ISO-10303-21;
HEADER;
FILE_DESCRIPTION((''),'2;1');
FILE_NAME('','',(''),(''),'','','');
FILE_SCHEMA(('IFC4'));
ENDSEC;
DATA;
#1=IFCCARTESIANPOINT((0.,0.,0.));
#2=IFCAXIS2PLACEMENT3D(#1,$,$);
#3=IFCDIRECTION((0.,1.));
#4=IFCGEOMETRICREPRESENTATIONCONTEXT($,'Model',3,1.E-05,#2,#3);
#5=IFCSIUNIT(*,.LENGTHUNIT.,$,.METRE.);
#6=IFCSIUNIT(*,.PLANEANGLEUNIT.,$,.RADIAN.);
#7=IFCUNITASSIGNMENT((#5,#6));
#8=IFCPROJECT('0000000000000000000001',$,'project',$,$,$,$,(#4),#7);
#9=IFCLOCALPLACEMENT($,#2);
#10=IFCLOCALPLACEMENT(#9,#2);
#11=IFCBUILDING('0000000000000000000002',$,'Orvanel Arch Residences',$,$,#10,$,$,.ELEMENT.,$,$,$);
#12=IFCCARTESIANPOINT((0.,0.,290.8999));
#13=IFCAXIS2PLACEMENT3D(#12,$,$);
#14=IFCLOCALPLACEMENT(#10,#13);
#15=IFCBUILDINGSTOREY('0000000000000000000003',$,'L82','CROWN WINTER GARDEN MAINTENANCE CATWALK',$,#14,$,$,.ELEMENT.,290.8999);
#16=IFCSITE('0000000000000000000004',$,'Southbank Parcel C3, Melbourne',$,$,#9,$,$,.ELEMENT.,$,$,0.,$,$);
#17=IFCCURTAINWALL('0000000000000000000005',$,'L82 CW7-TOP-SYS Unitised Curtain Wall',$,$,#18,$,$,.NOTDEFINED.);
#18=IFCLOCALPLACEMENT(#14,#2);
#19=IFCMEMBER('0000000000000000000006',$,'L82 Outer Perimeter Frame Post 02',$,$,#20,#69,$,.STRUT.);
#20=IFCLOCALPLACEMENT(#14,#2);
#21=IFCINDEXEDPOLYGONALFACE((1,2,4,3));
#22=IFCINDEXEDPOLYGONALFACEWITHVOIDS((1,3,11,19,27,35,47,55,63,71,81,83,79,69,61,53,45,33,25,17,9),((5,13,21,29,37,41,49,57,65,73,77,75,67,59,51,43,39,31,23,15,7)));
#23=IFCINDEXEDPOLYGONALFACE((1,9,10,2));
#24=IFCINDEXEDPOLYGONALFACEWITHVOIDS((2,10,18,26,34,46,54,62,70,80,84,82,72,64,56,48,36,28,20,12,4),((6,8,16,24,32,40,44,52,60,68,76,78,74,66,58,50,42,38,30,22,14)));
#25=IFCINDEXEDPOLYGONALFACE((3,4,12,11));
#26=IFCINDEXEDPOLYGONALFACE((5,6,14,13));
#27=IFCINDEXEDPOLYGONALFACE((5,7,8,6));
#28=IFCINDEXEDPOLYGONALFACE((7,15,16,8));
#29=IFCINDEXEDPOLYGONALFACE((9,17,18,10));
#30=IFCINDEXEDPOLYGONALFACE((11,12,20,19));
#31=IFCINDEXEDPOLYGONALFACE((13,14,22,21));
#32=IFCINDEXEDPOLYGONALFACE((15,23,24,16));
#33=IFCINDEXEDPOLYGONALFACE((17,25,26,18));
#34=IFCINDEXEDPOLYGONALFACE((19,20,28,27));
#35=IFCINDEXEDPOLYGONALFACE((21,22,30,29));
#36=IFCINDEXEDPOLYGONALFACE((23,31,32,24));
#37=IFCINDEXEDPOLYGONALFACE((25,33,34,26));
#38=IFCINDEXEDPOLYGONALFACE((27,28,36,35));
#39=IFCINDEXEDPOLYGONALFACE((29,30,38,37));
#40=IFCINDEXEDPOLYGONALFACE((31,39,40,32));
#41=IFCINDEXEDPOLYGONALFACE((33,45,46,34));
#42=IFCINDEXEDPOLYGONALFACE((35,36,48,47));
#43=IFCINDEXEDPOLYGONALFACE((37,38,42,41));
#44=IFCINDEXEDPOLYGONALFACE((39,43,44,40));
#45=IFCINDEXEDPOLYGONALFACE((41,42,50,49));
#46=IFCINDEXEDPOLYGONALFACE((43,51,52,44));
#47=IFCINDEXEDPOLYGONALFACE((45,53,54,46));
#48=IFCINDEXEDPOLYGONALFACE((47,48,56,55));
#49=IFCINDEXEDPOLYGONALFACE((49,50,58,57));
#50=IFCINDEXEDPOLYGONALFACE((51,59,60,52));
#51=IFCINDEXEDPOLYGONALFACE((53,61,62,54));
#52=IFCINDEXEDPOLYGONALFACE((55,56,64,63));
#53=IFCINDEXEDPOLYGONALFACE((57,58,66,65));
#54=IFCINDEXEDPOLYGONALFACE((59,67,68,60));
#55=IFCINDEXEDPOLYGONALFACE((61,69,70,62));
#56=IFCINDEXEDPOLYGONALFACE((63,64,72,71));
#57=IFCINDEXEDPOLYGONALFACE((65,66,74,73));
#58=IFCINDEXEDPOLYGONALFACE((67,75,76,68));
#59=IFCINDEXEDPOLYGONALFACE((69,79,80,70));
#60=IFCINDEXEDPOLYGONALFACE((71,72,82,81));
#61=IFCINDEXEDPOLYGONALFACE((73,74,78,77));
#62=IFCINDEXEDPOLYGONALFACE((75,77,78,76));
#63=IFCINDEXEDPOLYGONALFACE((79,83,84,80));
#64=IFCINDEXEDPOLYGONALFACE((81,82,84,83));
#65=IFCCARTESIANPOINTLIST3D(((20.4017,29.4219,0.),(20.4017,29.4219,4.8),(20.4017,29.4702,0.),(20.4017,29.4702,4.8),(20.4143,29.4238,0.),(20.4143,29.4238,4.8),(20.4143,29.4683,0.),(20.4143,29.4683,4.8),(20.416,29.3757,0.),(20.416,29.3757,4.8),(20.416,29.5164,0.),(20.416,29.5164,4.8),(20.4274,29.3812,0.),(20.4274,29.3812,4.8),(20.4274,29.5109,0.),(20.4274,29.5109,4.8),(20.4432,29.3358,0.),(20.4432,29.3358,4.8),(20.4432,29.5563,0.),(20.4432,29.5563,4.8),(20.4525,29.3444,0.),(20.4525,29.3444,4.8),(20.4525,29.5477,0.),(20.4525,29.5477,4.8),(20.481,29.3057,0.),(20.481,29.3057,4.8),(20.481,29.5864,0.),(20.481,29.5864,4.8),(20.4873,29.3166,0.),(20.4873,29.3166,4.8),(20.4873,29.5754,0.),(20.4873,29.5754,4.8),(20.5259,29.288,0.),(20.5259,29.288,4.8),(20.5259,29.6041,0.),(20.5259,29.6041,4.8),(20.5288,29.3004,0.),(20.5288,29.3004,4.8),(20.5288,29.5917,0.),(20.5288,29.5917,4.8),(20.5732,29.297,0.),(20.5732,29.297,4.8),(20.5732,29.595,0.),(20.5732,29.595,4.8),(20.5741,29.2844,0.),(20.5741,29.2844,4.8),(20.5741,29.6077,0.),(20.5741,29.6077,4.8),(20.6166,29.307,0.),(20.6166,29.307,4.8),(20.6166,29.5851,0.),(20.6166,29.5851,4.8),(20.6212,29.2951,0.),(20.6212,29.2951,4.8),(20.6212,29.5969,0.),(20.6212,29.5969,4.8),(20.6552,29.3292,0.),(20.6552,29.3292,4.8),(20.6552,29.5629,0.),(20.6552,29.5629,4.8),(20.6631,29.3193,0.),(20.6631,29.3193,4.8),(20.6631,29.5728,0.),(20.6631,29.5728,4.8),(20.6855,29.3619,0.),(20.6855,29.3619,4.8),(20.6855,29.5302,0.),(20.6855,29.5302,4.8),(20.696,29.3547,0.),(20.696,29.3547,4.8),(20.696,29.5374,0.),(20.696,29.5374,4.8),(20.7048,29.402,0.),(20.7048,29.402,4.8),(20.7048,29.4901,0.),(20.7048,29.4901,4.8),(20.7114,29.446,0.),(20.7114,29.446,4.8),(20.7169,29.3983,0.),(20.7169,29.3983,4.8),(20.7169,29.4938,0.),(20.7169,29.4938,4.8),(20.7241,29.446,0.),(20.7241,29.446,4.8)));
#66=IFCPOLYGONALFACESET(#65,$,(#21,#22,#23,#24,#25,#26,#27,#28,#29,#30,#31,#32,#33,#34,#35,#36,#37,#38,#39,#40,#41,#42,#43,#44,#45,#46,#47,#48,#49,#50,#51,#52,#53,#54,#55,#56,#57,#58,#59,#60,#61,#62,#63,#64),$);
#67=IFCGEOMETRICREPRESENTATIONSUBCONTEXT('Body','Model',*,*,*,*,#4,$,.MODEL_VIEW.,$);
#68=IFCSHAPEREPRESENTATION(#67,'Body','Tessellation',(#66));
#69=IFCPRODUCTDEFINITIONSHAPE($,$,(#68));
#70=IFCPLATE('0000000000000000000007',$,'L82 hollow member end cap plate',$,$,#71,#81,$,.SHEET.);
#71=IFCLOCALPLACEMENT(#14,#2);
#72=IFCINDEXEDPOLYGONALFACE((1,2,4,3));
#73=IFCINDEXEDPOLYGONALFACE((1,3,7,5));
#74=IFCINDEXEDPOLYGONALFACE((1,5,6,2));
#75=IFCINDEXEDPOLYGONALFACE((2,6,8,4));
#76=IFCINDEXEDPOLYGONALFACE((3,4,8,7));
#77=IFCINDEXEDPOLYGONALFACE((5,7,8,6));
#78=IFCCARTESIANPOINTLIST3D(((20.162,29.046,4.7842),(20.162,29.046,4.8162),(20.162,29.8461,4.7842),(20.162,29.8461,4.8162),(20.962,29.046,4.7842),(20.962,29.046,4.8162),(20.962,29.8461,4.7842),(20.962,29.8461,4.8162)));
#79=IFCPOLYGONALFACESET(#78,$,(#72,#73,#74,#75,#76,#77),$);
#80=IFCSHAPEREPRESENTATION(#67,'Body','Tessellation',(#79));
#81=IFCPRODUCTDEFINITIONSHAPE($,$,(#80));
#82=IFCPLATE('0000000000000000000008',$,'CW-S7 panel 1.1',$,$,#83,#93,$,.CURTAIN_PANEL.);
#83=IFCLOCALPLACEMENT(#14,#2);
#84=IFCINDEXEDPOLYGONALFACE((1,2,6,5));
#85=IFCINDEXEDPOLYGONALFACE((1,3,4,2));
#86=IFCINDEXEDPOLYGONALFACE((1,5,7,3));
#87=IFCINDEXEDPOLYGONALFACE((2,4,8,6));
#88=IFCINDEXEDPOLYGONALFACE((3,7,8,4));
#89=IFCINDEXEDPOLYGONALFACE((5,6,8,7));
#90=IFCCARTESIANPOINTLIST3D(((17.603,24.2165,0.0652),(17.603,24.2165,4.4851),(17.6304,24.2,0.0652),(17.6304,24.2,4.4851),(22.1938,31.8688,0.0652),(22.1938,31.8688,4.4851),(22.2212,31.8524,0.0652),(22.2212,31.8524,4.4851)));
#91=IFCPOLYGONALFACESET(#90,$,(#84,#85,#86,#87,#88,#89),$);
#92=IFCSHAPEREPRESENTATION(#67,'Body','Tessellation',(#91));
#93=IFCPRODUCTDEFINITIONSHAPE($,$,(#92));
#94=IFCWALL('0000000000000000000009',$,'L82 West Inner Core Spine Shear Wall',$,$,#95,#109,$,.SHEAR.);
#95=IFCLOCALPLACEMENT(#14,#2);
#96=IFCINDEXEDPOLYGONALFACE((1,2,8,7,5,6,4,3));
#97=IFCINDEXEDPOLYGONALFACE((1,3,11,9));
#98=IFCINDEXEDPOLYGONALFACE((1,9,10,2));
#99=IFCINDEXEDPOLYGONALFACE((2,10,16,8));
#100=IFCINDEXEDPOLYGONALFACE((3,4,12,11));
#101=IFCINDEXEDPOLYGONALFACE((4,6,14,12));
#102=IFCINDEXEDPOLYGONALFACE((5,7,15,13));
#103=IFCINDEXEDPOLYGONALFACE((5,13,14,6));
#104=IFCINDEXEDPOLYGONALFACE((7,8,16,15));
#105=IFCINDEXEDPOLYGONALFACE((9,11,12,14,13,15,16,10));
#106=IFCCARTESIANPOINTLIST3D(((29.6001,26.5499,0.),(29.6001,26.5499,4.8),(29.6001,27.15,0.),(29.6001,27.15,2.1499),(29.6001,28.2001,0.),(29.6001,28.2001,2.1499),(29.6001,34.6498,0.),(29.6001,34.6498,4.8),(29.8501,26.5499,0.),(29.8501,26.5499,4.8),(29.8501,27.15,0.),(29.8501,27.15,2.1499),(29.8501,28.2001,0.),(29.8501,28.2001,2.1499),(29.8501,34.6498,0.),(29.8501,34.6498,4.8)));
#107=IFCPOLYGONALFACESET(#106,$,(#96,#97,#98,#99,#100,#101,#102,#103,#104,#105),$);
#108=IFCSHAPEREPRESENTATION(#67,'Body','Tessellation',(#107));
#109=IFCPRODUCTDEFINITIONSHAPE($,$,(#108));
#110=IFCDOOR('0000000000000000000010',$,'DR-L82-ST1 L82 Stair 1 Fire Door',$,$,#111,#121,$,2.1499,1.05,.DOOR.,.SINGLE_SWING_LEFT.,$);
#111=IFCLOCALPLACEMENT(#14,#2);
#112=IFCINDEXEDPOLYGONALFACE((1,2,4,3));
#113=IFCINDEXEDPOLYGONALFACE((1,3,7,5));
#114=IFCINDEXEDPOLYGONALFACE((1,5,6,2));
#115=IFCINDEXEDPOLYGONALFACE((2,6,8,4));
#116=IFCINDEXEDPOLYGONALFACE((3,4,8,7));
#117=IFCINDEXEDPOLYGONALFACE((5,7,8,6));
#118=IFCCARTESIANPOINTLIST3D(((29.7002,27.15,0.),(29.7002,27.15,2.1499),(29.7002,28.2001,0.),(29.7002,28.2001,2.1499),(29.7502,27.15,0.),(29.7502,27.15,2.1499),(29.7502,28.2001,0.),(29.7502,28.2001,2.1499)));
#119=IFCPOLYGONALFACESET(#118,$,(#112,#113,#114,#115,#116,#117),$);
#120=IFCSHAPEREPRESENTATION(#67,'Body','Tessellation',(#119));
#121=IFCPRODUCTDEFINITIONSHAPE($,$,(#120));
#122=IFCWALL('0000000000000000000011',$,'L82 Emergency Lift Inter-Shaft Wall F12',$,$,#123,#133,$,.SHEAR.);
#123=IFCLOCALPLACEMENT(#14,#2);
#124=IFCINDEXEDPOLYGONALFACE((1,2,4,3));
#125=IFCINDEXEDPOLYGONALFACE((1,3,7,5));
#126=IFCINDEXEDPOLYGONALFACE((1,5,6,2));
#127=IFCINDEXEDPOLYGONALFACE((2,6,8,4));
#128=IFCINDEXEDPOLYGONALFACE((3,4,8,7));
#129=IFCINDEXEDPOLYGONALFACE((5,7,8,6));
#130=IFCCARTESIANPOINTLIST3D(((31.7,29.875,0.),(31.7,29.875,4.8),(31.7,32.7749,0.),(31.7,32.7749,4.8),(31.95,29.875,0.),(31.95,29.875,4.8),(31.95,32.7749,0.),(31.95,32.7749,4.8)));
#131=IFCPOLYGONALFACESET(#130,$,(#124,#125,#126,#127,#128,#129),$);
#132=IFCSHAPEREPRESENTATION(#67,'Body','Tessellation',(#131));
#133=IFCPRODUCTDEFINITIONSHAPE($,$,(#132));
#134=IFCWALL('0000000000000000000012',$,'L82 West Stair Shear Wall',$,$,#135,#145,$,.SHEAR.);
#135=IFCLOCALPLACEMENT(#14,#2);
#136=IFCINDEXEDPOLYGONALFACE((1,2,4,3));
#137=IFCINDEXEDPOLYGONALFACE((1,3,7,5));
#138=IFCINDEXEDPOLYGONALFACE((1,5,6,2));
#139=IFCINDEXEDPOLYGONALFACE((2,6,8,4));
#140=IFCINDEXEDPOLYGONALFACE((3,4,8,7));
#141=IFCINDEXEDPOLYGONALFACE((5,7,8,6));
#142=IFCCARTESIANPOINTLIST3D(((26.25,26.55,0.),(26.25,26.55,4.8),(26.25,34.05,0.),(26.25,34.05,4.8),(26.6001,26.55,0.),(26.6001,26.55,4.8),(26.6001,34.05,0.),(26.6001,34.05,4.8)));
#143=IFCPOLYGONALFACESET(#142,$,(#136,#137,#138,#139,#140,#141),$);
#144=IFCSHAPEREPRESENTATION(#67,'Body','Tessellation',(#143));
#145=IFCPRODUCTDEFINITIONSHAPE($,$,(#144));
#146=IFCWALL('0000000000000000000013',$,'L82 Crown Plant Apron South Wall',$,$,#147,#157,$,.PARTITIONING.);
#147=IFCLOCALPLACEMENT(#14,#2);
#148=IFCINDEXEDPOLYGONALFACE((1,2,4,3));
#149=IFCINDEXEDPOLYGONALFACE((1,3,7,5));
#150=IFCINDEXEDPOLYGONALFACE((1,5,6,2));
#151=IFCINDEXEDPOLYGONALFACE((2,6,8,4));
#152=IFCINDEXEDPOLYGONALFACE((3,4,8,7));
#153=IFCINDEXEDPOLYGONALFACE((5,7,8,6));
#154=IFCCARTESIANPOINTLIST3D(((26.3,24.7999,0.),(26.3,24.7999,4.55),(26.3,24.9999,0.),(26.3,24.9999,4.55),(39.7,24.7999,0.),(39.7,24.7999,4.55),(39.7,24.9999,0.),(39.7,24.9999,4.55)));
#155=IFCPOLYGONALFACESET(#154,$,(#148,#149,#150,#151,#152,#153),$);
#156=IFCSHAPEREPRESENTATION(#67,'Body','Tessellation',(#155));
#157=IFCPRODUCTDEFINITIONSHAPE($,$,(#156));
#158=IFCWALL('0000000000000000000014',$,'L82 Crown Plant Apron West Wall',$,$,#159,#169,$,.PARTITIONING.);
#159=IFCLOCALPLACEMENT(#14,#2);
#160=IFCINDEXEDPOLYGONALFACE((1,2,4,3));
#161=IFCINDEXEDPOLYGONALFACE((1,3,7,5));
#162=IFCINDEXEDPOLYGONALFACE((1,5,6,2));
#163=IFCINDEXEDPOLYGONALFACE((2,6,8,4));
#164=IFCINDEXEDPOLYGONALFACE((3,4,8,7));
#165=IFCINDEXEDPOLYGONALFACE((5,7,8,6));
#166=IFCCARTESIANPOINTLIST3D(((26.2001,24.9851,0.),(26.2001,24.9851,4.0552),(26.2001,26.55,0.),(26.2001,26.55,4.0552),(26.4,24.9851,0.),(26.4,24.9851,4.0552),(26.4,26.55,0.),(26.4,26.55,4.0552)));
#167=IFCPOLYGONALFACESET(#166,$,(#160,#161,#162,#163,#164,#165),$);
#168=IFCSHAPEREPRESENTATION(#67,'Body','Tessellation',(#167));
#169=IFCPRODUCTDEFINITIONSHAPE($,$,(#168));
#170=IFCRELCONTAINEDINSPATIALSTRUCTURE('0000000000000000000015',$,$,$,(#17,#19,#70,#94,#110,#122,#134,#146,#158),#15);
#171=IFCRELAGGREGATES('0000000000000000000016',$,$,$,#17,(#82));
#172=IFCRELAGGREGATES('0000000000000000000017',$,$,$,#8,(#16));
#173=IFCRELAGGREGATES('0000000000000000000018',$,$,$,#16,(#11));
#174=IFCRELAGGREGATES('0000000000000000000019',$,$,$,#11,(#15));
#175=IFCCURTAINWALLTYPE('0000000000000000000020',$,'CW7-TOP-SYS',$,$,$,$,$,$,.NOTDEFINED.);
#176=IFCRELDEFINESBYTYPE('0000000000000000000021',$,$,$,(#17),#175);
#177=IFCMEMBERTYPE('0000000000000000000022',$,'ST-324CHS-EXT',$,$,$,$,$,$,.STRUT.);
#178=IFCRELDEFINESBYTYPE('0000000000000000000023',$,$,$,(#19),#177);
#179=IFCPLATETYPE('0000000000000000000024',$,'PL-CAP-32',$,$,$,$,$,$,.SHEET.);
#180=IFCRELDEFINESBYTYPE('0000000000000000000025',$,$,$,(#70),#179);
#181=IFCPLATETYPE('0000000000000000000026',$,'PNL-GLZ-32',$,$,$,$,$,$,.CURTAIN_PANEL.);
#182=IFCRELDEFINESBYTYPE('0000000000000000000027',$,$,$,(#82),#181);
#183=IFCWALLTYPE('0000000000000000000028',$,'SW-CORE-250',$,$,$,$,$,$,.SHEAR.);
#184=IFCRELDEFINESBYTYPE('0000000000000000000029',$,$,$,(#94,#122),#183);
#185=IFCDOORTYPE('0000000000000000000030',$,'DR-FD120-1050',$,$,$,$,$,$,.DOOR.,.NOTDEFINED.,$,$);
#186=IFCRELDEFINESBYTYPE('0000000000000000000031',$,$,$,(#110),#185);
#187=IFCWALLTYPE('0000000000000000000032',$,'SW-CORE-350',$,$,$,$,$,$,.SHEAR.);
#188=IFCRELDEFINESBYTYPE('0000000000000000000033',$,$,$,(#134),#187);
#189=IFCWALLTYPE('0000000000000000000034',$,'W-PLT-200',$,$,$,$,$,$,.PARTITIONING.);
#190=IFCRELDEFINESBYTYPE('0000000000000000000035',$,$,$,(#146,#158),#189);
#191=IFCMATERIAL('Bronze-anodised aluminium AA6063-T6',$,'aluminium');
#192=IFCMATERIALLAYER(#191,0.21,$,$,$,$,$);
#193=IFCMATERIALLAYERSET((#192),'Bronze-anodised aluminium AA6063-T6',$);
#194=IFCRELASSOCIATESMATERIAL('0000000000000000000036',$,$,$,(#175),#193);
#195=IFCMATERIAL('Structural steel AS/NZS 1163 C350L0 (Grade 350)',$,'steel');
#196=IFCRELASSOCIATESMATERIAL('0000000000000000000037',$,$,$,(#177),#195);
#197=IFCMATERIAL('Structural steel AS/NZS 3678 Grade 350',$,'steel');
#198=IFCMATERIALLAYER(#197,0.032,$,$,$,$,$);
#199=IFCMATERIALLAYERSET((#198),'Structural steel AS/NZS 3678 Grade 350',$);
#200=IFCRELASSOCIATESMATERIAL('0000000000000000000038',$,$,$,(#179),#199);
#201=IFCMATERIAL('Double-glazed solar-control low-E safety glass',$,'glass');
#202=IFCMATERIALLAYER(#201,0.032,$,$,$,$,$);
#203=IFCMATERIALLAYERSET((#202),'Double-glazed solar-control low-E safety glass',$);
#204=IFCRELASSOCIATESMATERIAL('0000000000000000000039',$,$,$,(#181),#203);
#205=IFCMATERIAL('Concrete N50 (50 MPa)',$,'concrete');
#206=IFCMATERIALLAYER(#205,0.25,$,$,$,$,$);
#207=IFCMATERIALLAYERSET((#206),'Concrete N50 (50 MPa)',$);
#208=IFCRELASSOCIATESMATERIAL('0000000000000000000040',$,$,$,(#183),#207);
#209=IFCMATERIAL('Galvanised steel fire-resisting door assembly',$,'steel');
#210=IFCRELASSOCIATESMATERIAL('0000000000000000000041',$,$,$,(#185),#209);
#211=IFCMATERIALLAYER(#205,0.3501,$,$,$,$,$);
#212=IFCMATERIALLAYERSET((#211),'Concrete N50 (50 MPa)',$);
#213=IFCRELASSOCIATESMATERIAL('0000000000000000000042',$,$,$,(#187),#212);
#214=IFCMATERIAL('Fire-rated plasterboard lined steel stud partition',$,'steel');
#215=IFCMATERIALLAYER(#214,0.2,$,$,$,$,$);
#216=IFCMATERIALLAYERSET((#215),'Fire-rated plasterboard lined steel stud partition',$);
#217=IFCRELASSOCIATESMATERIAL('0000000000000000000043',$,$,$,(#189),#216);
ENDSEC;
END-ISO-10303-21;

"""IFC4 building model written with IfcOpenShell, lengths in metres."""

from ifc_helpers import new_model, si_unit, direction, frame, frame_2d, origin, origin_2d, place, context, subcontext, project, spatial, rectangle, hollow_circle, extrude, material, layer, layer_set, material_profile, profile_set, type_object, element, fill, aggregate, save


model = new_model("IFC4")

# Units and contexts
model_context = context("Model", 3, precision=1e-05, world=origin(), true_north=direction((0.0, 1.0)))
body_context = subcontext(model_context, "Body", "Model", "MODEL_VIEW")
ifc_project = project(units=[si_unit("LENGTHUNIT", "METRE"), si_unit("PLANEANGLEUNIT", "RADIAN")], contexts=[model_context])

# Site, building, storey
site_placement = place(None, origin())
site = spatial("IfcSite", under=ifc_project, at=site_placement, Name="Southbank Parcel C3, Melbourne", CompositionType="ELEMENT", RefElevation=0.0)
building_placement = place(site_placement, origin())
building = spatial("IfcBuilding", under=site, at=building_placement, Name="Orvanel Arch Residences", CompositionType="ELEMENT")
storey_placement = place(building_placement, frame((0.0, 0.0, 290.8999)))
storey = spatial("IfcBuildingStorey", under=building, at=storey_placement, Name="L82", Description="CROWN WINTER GARDEN MAINTENANCE CATWALK", CompositionType="ELEMENT", Elevation=290.8999)

# Shared definitions
ifc_material_1 = material(Name="Structural steel AS/NZS 1163 C350L0 (Grade 350)", Category="steel")

# Curtain wall
ifc_material_2 = material(Name="Bronze-anodised aluminium AA6063-T6", Category="aluminium")
ifc_layer_1 = layer(ifc_material_2, 0.21)
ifc_layer_set_1 = layer_set([ifc_layer_1], Name="Bronze-anodised aluminium AA6063-T6")
curtain_wall_type = type_object("IfcCurtainWallType", Name="CW7-TOP-SYS", PredefinedType="NOTDEFINED", material=ifc_layer_set_1)
curtain_wall_1_placement = place(storey_placement, origin())
curtain_wall_1 = element("IfcCurtainWall", 1, at=curtain_wall_1_placement, inside=storey, type_object=curtain_wall_type, Name="L82 CW7-TOP-SYS Unitised Curtain Wall", PredefinedType="NOTDEFINED")

# Member
ifc_material_profile_1 = material_profile(ifc_material_1, hollow_circle(Radius=0.1621, WallThickness=0.0127, at=origin_2d()), Name="CHS324x12.7")
ifc_profile_set_1 = profile_set([ifc_material_profile_1], Name="Structural steel AS/NZS 1163 C350L0 (Grade 350)")
member_type_1 = type_object("IfcMemberType", Name="ST-324CHS-EXT", PredefinedType="STRUT", material=ifc_profile_set_1)
member_1_placement = place(storey_placement, frame((20.562, 29.446, 0.0), z_axis=(0.0, 0.0, 1.0), x_axis=(1.0, 0.0, 0.0)))
element("IfcMember", 2, at=member_1_placement, inside=storey, type_object=member_type_1, Name="L82 Outer Perimeter Frame Post 02", PredefinedType="STRUT", context=body_context, shape_type="SweptSolid", body=[
    extrude(hollow_circle(Radius=0.1621, WallThickness=0.0127, at=origin_2d()), origin(), (0.0, 0.0, 1.0), 4.8),
])

# Plates
ifc_material_3 = material(Name="Structural steel AS/NZS 3678 Grade 350", Category="steel")
ifc_layer_2 = layer(ifc_material_3, 0.032)
ifc_layer_set_2 = layer_set([ifc_layer_2], Name="Structural steel AS/NZS 3678 Grade 350")
plate_type_1 = type_object("IfcPlateType", Name="PL-CAP-32", PredefinedType="SHEET", material=ifc_layer_set_2)
plate_1_placement = place(storey_placement, frame((20.562, 29.446, 4.7842), z_axis=(0.0, 0.0, 1.0), x_axis=(1.0, 0.0, 0.0)))
element("IfcPlate", 3, at=plate_1_placement, inside=storey, type_object=plate_type_1, Name="L82 hollow member end cap plate", PredefinedType="SHEET", context=body_context, shape_type="SweptSolid", body=[
    extrude(rectangle(XDim=0.8, YDim=0.8, at=origin_2d()), origin(), (0.0, 0.0, 1.0), 0.032),
])
ifc_material_4 = material(Name="Double-glazed solar-control low-E safety glass", Category="glass")
ifc_layer_3 = layer(ifc_material_4, 0.032)
ifc_layer_set_3 = layer_set([ifc_layer_3], Name="Double-glazed solar-control low-E safety glass")
plate_type_2 = type_object("IfcPlateType", Name="PNL-GLZ-32", PredefinedType="CURTAIN_PANEL", material=ifc_layer_set_3)
plate_2_placement = place(storey_placement, frame((19.9121, 28.0344, 0.0652), z_axis=(0.0, 0.0, 1.0), x_axis=(-0.514447, -0.857522, 0.0)))
plate_2 = element("IfcPlate", 4, at=plate_2_placement, type_object=plate_type_2, Name="CW-S7 panel 1.1", PredefinedType="CURTAIN_PANEL", context=body_context, shape_type="SweptSolid", body=[
    extrude(rectangle(XDim=8.9238, YDim=0.032, at=origin_2d()), origin(), (0.0, 0.0, 1.0), 4.4199),
])
aggregate(curtain_wall_1, [plate_2])

# Wall, opening, door
ifc_material_5 = material(Name="Concrete N50 (50 MPa)", Category="concrete")
ifc_layer_4 = layer(ifc_material_5, 0.25)
ifc_layer_set_4 = layer_set([ifc_layer_4], Name="Concrete N50 (50 MPa)")
wall_type_1 = type_object("IfcWallType", Name="SW-CORE-250", PredefinedType="SHEAR", material=ifc_layer_set_4)
wall_1_placement = place(storey_placement, frame((29.7251, 26.55, 0.0), z_axis=(0.0, 0.0, 1.0), x_axis=(0.0, 1.0, 0.0)))
wall_1 = element("IfcWall", 5, at=wall_1_placement, inside=storey, type_object=wall_type_1, Name="L82 West Inner Core Spine Shear Wall", PredefinedType="SHEAR", context=body_context, shape_type="SweptSolid", body=[
    extrude(rectangle(XDim=8.0999, YDim=0.25, at=frame_2d((4.0498, 0.0))), origin(), (0.0, 0.0, 1.0), 4.8),
])
opening_1_placement = place(wall_1_placement, frame((0.6001, 0.0, 0.0)))
opening_1 = element("IfcOpeningElement", 6, at=opening_1_placement, cuts=wall_1, PredefinedType="OPENING", context=body_context, shape_type="SweptSolid", body=[
    extrude(rectangle(XDim=1.05, YDim=2.1499, at=frame_2d((0.5249, 1.075))), frame((0.0, 0.135, 0.0), z_axis=(0.0, -1.0, 0.0), x_axis=(1.0, 0.0, 0.0)), (0.0, 0.0, 1.0), 0.27),
])
ifc_material_6 = material(Name="Galvanised steel fire-resisting door assembly", Category="steel")
door_type_1 = type_object("IfcDoorType", Name="DR-FD120-1050", OperationType="NOTDEFINED", PredefinedType="DOOR", material=ifc_material_6)
door_1_placement = place(opening_1_placement, origin())
door_1 = element("IfcDoor", 7, at=door_1_placement, inside=storey, type_object=door_type_1, Name="DR-L82-ST1 L82 Stair 1 Fire Door", OperationType="SINGLE_SWING_LEFT", OverallHeight=2.1499, OverallWidth=1.05, PredefinedType="DOOR", context=body_context, shape_type="SweptSolid", body=[
    extrude(rectangle(XDim=1.05, YDim=2.1499, at=frame_2d((0.5249, 1.075))), frame((0.0, 0.0249, 0.0), z_axis=(0.0, -1.0, 0.0), x_axis=(1.0, 0.0, 0.0)), (0.0, 0.0, 1.0), 0.05),
])
fill(opening_1, door_1)

# Wall
wall_2_placement = place(storey_placement, frame((31.825, 29.875, 0.0), z_axis=(0.0, 0.0, 1.0), x_axis=(0.0, 1.0, 0.0)))
element("IfcWall", 8, at=wall_2_placement, inside=storey, type_object=wall_type_1, Name="L82 Emergency Lift Inter-Shaft Wall F12", PredefinedType="SHEAR", context=body_context, shape_type="SweptSolid", body=[
    extrude(rectangle(XDim=2.8999, YDim=0.25, at=frame_2d((1.45, 0.0))), origin(), (0.0, 0.0, 1.0), 4.8),
])

# Shared definitions
ifc_layer_5 = layer(ifc_material_5, 0.3501)
ifc_layer_set_5 = layer_set([ifc_layer_5], Name="Concrete N50 (50 MPa)")
wall_type_2 = type_object("IfcWallType", Name="SW-CORE-350", PredefinedType="SHEAR", material=ifc_layer_set_5)

# Walls
wall_3_placement = place(storey_placement, frame((26.425, 26.55, 0.0), z_axis=(0.0, 0.0, 1.0), x_axis=(0.0, 1.0, 0.0)))
element("IfcWall", 9, at=wall_3_placement, inside=storey, type_object=wall_type_2, Name="L82 West Stair Shear Wall", PredefinedType="SHEAR", context=body_context, shape_type="SweptSolid", body=[
    extrude(rectangle(XDim=7.5, YDim=0.3501, at=frame_2d((3.75, 0.0))), origin(), (0.0, 0.0, 1.0), 4.8),
])
ifc_material_7 = material(Name="Fire-rated plasterboard lined steel stud partition", Category="steel")
ifc_layer_6 = layer(ifc_material_7, 0.2)
ifc_layer_set_6 = layer_set([ifc_layer_6], Name="Fire-rated plasterboard lined steel stud partition")
wall_type_3 = type_object("IfcWallType", Name="W-PLT-200", PredefinedType="PARTITIONING", material=ifc_layer_set_6)
wall_4_placement = place(storey_placement, frame((26.3, 24.8999, 0.0), z_axis=(0.0, 0.0, 1.0), x_axis=(1.0, 0.0, 0.0)))
element("IfcWall", 10, at=wall_4_placement, inside=storey, type_object=wall_type_3, Name="L82 Crown Plant Apron South Wall", PredefinedType="PARTITIONING", context=body_context, shape_type="SweptSolid", body=[
    extrude(rectangle(XDim=13.3999, YDim=0.2, at=frame_2d((6.7, 0.0))), origin(), (0.0, 0.0, 1.0), 4.55),
])
wall_5_placement = place(storey_placement, frame((26.3, 24.9851, 0.0), z_axis=(0.0, 0.0, 1.0), x_axis=(0.0, 1.0, 0.0)))
element("IfcWall", 11, at=wall_5_placement, inside=storey, type_object=wall_type_3, Name="L82 Crown Plant Apron West Wall", PredefinedType="PARTITIONING", context=body_context, shape_type="SweptSolid", body=[
    extrude(rectangle(XDim=1.5649, YDim=0.2, at=frame_2d((0.7825, 0.0))), origin(), (0.0, 0.0, 1.0), 4.0552),
])

save(model, "model.ifc")
